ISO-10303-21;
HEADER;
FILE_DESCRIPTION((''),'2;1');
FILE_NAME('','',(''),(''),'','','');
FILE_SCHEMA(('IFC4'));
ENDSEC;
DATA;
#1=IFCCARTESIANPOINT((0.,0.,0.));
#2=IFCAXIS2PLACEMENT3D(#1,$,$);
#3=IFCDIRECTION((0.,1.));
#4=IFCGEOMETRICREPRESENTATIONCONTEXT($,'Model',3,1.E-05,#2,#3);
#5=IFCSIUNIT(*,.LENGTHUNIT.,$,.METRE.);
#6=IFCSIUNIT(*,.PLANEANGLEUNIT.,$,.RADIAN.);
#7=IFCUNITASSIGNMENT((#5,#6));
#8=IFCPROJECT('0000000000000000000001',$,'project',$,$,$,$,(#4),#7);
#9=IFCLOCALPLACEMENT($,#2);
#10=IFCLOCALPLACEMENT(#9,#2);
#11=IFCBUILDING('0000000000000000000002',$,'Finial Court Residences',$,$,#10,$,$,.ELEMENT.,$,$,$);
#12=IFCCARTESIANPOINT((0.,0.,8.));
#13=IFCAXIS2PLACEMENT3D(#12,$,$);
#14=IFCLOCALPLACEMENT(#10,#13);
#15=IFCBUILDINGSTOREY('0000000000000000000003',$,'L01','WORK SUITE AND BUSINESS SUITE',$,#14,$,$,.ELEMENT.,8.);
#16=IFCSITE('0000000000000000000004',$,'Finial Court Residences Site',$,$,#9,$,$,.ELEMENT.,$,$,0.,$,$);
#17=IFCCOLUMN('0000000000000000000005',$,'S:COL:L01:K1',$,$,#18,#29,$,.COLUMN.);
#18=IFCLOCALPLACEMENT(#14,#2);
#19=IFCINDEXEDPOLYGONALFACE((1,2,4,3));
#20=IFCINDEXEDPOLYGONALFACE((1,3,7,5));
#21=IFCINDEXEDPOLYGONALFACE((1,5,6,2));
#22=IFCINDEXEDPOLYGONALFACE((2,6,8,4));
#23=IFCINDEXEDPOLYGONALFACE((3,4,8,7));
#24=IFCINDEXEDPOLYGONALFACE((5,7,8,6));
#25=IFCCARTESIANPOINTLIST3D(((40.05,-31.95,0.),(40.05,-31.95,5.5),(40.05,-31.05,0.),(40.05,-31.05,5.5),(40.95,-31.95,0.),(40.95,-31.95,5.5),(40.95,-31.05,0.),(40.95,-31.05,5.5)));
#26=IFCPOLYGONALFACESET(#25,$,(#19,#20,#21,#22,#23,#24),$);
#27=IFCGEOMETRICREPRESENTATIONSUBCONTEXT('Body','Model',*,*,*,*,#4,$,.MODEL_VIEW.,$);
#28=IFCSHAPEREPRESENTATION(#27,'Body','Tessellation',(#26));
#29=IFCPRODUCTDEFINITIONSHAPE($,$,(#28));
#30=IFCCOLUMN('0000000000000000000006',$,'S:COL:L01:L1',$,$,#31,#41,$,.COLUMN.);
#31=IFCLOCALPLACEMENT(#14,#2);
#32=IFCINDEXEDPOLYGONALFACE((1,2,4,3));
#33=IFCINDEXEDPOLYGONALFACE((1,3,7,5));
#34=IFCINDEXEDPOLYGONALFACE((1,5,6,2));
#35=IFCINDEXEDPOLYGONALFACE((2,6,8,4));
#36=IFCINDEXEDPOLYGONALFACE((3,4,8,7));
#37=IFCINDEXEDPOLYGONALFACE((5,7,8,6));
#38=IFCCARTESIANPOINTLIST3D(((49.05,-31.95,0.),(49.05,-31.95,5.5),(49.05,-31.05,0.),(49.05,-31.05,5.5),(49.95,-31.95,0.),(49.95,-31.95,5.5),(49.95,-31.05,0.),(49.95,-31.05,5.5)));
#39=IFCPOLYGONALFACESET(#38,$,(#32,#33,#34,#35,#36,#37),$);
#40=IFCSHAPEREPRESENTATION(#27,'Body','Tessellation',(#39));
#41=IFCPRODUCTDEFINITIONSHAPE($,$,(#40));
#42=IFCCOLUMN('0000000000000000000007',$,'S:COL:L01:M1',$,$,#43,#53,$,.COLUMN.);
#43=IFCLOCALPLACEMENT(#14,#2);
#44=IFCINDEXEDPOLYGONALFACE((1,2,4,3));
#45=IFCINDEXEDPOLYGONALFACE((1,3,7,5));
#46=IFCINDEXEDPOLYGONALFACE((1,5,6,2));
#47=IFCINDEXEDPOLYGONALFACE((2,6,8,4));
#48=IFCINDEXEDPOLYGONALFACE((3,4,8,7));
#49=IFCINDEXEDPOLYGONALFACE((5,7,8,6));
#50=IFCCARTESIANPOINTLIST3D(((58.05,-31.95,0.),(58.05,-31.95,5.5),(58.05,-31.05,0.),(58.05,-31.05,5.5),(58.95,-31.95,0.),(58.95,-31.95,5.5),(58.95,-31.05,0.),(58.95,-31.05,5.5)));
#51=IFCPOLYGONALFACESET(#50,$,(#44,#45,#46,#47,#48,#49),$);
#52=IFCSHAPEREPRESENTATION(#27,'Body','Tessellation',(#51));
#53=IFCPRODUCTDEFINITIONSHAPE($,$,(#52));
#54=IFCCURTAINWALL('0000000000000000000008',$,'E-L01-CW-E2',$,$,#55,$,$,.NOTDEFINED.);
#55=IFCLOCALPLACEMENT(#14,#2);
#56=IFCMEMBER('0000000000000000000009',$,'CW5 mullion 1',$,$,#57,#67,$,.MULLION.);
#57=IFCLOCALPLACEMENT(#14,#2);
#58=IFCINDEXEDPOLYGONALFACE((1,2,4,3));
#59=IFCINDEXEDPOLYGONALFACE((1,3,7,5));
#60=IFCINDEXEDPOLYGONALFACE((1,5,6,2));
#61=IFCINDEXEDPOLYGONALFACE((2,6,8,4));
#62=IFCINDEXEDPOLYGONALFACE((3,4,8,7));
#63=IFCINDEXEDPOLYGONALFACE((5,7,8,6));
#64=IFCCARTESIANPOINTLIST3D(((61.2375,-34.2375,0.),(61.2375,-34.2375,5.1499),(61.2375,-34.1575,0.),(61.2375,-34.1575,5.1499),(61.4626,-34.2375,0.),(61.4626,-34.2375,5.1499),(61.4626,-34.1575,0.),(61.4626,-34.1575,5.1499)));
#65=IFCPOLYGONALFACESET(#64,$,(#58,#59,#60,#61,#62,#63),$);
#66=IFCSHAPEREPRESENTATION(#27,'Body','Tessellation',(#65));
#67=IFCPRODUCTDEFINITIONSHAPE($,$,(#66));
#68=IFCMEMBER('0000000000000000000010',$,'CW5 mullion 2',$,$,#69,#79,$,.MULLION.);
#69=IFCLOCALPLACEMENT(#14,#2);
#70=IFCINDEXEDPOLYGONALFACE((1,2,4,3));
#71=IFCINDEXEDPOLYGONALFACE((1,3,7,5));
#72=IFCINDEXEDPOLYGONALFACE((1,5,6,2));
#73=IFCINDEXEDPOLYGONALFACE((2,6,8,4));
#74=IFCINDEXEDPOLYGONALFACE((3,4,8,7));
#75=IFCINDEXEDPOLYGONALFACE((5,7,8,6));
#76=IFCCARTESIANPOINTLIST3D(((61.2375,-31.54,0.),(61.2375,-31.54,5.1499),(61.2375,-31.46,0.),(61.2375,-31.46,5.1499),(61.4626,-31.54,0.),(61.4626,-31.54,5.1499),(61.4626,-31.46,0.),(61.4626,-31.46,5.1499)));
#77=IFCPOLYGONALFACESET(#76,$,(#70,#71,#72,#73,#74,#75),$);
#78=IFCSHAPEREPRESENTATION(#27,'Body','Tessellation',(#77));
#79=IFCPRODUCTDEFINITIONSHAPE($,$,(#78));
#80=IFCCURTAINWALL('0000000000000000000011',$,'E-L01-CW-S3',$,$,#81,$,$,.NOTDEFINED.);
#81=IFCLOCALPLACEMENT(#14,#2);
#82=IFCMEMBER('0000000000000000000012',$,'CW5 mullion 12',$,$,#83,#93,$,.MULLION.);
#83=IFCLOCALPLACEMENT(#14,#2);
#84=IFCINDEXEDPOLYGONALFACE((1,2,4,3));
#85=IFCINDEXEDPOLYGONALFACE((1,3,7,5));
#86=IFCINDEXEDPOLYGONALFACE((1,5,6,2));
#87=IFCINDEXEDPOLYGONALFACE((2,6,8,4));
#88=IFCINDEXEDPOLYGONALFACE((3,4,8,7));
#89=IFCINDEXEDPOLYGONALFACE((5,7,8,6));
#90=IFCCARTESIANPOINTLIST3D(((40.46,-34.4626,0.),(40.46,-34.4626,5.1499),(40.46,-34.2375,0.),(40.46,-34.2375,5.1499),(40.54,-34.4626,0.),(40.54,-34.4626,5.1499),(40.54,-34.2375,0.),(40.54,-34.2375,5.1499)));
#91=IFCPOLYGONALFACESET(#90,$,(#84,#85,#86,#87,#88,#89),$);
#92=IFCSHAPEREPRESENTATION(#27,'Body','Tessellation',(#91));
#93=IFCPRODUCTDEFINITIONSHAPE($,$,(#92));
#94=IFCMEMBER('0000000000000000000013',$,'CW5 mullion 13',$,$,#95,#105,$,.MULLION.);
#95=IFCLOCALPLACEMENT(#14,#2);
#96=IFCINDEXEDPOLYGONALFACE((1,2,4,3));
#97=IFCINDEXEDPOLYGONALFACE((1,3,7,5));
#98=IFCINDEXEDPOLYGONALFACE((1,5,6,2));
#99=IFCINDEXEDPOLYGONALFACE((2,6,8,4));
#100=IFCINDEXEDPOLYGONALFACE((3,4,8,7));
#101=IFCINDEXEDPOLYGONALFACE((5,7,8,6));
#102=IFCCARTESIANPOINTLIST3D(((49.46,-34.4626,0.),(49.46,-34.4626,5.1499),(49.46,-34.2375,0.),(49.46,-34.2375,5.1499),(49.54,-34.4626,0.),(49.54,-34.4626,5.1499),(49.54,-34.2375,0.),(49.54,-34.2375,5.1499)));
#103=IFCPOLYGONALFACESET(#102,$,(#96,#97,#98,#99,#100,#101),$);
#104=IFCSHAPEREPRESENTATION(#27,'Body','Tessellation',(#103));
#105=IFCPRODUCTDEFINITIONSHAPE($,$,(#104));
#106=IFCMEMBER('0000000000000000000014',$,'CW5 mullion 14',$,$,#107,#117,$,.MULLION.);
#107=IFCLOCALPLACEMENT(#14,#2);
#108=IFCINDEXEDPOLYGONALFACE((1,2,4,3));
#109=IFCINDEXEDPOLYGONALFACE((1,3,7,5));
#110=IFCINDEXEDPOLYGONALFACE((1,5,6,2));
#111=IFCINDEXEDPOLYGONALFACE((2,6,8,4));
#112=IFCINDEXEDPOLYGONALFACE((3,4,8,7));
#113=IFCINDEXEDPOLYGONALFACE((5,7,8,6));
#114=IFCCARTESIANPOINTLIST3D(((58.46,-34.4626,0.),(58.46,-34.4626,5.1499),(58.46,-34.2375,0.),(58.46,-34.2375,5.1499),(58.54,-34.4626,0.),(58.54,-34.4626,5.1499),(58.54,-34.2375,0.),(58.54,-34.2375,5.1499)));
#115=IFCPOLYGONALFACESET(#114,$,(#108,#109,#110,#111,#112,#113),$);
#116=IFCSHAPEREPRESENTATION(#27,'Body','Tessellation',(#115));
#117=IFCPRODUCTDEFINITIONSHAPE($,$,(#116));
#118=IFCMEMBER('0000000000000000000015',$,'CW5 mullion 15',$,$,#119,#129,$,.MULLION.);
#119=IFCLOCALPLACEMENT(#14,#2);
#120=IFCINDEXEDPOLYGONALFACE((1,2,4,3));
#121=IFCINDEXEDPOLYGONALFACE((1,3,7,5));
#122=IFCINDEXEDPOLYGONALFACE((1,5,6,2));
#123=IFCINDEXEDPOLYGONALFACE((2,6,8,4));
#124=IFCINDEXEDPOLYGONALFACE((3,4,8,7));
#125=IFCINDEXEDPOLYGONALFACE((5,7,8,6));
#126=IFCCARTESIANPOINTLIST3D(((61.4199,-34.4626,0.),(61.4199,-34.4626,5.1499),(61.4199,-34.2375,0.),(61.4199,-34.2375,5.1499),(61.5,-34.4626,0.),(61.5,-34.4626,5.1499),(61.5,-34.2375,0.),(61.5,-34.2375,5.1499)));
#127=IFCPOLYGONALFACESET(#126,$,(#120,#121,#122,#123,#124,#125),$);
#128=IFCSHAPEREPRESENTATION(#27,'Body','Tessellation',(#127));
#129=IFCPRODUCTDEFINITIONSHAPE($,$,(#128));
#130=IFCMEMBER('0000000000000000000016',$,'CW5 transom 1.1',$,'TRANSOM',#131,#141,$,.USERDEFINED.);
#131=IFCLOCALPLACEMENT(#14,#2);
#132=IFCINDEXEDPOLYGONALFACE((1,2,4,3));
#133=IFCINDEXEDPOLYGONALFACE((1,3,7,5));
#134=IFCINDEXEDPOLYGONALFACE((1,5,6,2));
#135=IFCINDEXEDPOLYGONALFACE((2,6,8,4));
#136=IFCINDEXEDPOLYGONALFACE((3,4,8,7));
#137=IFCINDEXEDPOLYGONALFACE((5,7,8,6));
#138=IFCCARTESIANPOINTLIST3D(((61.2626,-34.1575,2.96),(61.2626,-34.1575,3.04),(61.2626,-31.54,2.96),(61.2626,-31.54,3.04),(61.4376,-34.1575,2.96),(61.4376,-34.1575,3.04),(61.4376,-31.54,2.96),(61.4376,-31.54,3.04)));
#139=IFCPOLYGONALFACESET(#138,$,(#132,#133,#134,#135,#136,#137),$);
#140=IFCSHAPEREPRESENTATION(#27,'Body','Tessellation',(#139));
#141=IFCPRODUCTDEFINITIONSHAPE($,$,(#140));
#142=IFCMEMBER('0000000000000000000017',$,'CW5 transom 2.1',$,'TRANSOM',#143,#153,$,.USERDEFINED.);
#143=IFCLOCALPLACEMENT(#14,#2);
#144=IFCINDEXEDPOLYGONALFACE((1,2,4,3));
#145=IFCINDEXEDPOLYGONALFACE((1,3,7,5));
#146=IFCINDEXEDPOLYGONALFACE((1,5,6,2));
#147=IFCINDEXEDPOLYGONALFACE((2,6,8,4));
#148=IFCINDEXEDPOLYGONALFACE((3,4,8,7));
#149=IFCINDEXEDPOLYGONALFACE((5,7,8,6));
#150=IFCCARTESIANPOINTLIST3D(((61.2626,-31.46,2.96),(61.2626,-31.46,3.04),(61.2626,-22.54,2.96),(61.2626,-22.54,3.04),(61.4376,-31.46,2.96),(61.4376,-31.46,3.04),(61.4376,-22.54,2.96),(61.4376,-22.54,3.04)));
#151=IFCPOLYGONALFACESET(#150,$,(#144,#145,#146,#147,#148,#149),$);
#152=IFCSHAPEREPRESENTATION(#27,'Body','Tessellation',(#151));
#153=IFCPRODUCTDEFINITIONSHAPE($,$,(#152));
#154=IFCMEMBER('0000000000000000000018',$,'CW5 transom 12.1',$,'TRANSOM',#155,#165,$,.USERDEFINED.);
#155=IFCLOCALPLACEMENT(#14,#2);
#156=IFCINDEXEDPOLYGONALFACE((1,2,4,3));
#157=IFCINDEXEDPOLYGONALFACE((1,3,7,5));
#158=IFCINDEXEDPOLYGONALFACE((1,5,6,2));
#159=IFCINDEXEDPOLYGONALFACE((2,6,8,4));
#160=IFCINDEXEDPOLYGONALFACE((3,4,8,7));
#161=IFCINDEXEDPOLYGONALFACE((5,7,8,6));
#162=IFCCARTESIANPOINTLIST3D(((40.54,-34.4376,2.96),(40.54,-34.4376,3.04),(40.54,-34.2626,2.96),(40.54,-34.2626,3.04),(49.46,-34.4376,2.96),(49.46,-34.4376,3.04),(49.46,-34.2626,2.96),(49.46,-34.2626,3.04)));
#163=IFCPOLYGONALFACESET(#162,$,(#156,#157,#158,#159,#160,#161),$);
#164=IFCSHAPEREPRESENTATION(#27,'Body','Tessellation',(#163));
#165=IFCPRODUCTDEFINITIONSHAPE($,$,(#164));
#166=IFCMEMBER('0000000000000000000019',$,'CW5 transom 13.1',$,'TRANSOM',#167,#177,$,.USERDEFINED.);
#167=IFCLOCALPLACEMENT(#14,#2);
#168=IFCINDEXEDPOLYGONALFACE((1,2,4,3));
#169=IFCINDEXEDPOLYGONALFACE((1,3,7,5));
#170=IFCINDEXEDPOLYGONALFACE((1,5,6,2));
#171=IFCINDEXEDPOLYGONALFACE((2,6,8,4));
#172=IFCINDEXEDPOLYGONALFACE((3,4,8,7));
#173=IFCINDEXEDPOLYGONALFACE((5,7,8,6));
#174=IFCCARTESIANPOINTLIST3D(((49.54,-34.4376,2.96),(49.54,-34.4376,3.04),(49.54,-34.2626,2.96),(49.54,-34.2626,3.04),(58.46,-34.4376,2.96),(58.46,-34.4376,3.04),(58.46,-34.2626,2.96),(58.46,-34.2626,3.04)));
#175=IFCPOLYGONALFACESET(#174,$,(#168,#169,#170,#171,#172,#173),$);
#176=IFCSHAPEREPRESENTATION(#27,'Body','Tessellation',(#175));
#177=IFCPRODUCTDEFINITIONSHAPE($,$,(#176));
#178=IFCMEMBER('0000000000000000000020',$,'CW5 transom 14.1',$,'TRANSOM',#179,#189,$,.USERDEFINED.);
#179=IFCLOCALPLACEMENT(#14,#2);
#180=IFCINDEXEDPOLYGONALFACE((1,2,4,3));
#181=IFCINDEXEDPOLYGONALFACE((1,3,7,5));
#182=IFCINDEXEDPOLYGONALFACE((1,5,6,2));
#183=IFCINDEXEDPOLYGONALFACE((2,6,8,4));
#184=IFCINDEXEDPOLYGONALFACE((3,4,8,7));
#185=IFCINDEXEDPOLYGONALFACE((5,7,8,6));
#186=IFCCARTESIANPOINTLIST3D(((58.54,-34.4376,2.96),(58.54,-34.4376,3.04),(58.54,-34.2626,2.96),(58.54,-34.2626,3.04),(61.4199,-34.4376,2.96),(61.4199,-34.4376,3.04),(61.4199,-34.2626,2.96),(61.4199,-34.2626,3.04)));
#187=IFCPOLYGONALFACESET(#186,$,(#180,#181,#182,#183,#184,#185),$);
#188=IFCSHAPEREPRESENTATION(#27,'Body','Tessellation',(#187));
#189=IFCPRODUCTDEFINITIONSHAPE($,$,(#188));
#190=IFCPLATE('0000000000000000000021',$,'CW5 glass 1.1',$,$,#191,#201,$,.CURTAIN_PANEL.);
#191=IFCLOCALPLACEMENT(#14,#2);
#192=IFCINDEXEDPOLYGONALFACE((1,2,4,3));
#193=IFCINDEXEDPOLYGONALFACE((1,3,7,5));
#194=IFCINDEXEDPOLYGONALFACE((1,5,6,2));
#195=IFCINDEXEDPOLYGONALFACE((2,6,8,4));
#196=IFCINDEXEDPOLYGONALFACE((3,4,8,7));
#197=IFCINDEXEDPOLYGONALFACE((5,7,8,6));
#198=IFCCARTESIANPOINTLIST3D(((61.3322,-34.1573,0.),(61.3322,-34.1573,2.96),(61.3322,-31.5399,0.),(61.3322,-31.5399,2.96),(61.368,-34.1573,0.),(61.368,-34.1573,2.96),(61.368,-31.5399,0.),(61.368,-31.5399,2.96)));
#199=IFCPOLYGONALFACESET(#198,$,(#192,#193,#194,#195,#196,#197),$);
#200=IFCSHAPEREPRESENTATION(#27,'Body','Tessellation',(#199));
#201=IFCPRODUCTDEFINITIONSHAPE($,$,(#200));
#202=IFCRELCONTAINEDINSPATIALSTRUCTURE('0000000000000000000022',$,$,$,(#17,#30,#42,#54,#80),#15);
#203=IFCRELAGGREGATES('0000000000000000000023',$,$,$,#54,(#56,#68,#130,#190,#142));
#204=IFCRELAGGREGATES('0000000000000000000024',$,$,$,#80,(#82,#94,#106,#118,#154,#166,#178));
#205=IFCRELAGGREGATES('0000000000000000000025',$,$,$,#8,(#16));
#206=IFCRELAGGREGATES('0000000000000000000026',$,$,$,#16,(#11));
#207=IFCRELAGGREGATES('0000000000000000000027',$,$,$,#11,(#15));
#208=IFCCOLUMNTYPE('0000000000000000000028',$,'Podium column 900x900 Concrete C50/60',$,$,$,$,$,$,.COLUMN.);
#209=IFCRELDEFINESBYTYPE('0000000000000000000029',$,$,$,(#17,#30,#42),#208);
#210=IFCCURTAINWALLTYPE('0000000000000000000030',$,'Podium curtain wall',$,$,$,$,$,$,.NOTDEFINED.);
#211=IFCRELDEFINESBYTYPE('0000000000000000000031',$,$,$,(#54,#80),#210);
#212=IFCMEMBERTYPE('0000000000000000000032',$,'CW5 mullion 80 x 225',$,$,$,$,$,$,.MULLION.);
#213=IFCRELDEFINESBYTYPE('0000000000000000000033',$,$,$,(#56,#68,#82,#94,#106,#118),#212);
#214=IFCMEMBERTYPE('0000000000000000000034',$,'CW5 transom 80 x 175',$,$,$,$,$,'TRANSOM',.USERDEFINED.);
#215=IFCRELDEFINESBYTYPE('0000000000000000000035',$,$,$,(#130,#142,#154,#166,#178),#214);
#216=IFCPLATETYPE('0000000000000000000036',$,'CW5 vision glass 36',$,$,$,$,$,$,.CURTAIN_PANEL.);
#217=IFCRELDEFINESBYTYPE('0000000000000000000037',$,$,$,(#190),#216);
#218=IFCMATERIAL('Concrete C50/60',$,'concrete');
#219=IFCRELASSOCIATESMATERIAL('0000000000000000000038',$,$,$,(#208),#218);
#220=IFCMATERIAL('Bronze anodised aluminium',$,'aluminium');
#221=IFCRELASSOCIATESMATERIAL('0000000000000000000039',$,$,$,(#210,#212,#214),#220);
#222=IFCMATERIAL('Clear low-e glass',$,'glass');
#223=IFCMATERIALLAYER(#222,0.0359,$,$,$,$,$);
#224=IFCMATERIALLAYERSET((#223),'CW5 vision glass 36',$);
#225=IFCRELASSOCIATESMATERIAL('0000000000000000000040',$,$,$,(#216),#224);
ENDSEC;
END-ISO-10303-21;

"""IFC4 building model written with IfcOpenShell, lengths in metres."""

from ifc_helpers import new_model, si_unit, direction, frame, origin, origin_2d, place, context, subcontext, project, spatial, rectangle, extrude, material, layer, layer_set, material_profile, profile_set, type_object, element, aggregate, save


model = new_model("IFC4")

# Units and contexts
model_context = context("Model", 3, precision=1e-05, world=origin(), true_north=direction((0.0, 1.0)))
body_context = subcontext(model_context, "Body", "Model", "MODEL_VIEW")
ifc_project = project(units=[si_unit("LENGTHUNIT", "METRE"), si_unit("PLANEANGLEUNIT", "RADIAN")], contexts=[model_context])

# Site, building, storey
site_placement = place(None, origin())
site = spatial("IfcSite", under=ifc_project, at=site_placement, Name="Finial Court Residences Site", CompositionType="ELEMENT", RefElevation=0.0)
building_placement = place(site_placement, origin())
building = spatial("IfcBuilding", under=site, at=building_placement, Name="Finial Court Residences", CompositionType="ELEMENT")
storey_placement = place(building_placement, frame((0.0, 0.0, 8.0)))
storey = spatial("IfcBuildingStorey", under=building, at=storey_placement, Name="L01", Description="WORK SUITE AND BUSINESS SUITE", CompositionType="ELEMENT", Elevation=8.0)

# Columns
ifc_material_1 = material(Name="Concrete C50/60", Category="concrete")
ifc_material_profile_1 = material_profile(ifc_material_1, rectangle(XDim=0.8999, YDim=0.8999, at=origin_2d()), Name="900x900")
ifc_profile_set_1 = profile_set([ifc_material_profile_1], Name="Concrete C50/60")
column_type = type_object("IfcColumnType", Name="Podium column 900x900 Concrete C50/60", PredefinedType="COLUMN", material=ifc_profile_set_1)
for number, where, z_axis, x_axis, name in (
    (1, (40.5, -31.5, 0.0), (0.0, 0.0, 1.0), (1.0, 0.0, 0.0), "S:COL:L01:K1"),
    (2, (49.5, -31.5, 0.0), (0.0, 0.0, 1.0), (1.0, 0.0, 0.0), "S:COL:L01:L1"),
    (3, (58.5, -31.5, 0.0), (0.0, 0.0, 1.0), (1.0, 0.0, 0.0), "S:COL:L01:M1"),
):
    element("IfcColumn", number, at=place(storey_placement, frame(where, z_axis=z_axis, x_axis=x_axis)), inside=storey, type_object=column_type, Name=name, PredefinedType="COLUMN", context=body_context, shape_type="SweptSolid", body=[
        extrude(rectangle(XDim=0.8999, YDim=0.8999, at=origin_2d()), origin(), (0.0, 0.0, 1.0), 5.5),
    ])

# Curtain walls, members
ifc_material_2 = material(Name="Bronze anodised aluminium", Category="aluminium")
curtain_wall_type = type_object("IfcCurtainWallType", Name="Podium curtain wall", PredefinedType="NOTDEFINED", material=ifc_material_2)
curtain_wall_1_placement = place(storey_placement, origin())
curtain_wall_1 = element("IfcCurtainWall", 4, at=curtain_wall_1_placement, inside=storey, type_object=curtain_wall_type, Name="E-L01-CW-E2", PredefinedType="NOTDEFINED")
ifc_material_profile_2 = material_profile(ifc_material_2, rectangle(XDim=0.2251, YDim=0.0801, at=origin_2d()), Name="CW5 mullion 80 x 225")
ifc_profile_set_2 = profile_set([ifc_material_profile_2], Name="Bronze anodised aluminium")
member_type_1 = type_object("IfcMemberType", Name="CW5 mullion 80 x 225", PredefinedType="MULLION", material=ifc_profile_set_2)
member_1_placement = place(storey_placement, frame((61.3501, -34.1975, 0.0), z_axis=(0.0, 0.0, 1.0), x_axis=(-1.0, 0.0, 0.0)))
member_1 = element("IfcMember", 5, at=member_1_placement, type_object=member_type_1, Name="CW5 mullion 1", PredefinedType="MULLION", context=body_context, shape_type="SweptSolid", body=[
    extrude(rectangle(XDim=0.2251, YDim=0.0801, at=origin_2d()), origin(), (0.0, 0.0, 1.0), 5.1499),
])
member_2_placement = place(storey_placement, frame((61.3501, -31.5, 0.0), z_axis=(0.0, 0.0, 1.0), x_axis=(-1.0, 0.0, 0.0)))
member_2 = element("IfcMember", 6, at=member_2_placement, type_object=member_type_1, Name="CW5 mullion 2", PredefinedType="MULLION", context=body_context, shape_type="SweptSolid", body=[
    extrude(rectangle(XDim=0.2251, YDim=0.0801, at=origin_2d()), origin(), (0.0, 0.0, 1.0), 5.1499),
])
curtain_wall_2_placement = place(storey_placement, origin())
curtain_wall_2 = element("IfcCurtainWall", 7, at=curtain_wall_2_placement, inside=storey, type_object=curtain_wall_type, Name="E-L01-CW-S3", PredefinedType="NOTDEFINED")
member_3_placement = place(storey_placement, frame((40.5, -34.3501, 0.0), z_axis=(0.0, 0.0, 1.0), x_axis=(0.0, 1.0, 0.0)))
member_3 = element("IfcMember", 8, at=member_3_placement, type_object=member_type_1, Name="CW5 mullion 12", PredefinedType="MULLION", context=body_context, shape_type="SweptSolid", body=[
    extrude(rectangle(XDim=0.2251, YDim=0.0801, at=origin_2d()), origin(), (0.0, 0.0, 1.0), 5.1499),
])
member_4_placement = place(storey_placement, frame((49.5, -34.3501, 0.0), z_axis=(0.0, 0.0, 1.0), x_axis=(0.0, 1.0, 0.0)))
member_4 = element("IfcMember", 9, at=member_4_placement, type_object=member_type_1, Name="CW5 mullion 13", PredefinedType="MULLION", context=body_context, shape_type="SweptSolid", body=[
    extrude(rectangle(XDim=0.2251, YDim=0.0801, at=origin_2d()), origin(), (0.0, 0.0, 1.0), 5.1499),
])
member_5_placement = place(storey_placement, frame((58.5, -34.3501, 0.0), z_axis=(0.0, 0.0, 1.0), x_axis=(0.0, 1.0, 0.0)))
member_5 = element("IfcMember", 10, at=member_5_placement, type_object=member_type_1, Name="CW5 mullion 14", PredefinedType="MULLION", context=body_context, shape_type="SweptSolid", body=[
    extrude(rectangle(XDim=0.2251, YDim=0.0801, at=origin_2d()), origin(), (0.0, 0.0, 1.0), 5.1499),
])
member_6_placement = place(storey_placement, frame((61.46, -34.3501, 0.0), z_axis=(0.0, 0.0, 1.0), x_axis=(0.0, 1.0, 0.0)))
member_6 = element("IfcMember", 11, at=member_6_placement, type_object=member_type_1, Name="CW5 mullion 15", PredefinedType="MULLION", context=body_context, shape_type="SweptSolid", body=[
    extrude(rectangle(XDim=0.2251, YDim=0.0801, at=origin_2d()), origin(), (0.0, 0.0, 1.0), 5.1499),
])

# Members
ifc_material_profile_3 = material_profile(ifc_material_2, rectangle(XDim=0.175, YDim=0.0801, at=origin_2d()), Name="CW5 transom 80 x 175")
ifc_profile_set_3 = profile_set([ifc_material_profile_3], Name="Bronze anodised aluminium")
member_type_2 = type_object("IfcMemberType", Name="CW5 transom 80 x 175", ElementType="TRANSOM", PredefinedType="USERDEFINED", material=ifc_profile_set_3)
member_7_placement = place(storey_placement, frame((61.3501, -34.1575, 3.0), z_axis=(0.0, 1.0, 0.0), x_axis=(-1.0, 0.0, 0.0)))
member_7 = element("IfcMember", 12, at=member_7_placement, type_object=member_type_2, Name="CW5 transom 1.1", ObjectType="TRANSOM", PredefinedType="USERDEFINED", context=body_context, shape_type="SweptSolid", body=[
    extrude(rectangle(XDim=0.175, YDim=0.0801, at=origin_2d()), origin(), (0.0, 0.0, 1.0), 2.6174),
])
member_8_placement = place(storey_placement, frame((61.3501, -31.46, 3.0), z_axis=(0.0, 1.0, 0.0), x_axis=(-1.0, 0.0, 0.0)))
member_8 = element("IfcMember", 13, at=member_8_placement, type_object=member_type_2, Name="CW5 transom 2.1", ObjectType="TRANSOM", PredefinedType="USERDEFINED", context=body_context, shape_type="SweptSolid", body=[
    extrude(rectangle(XDim=0.175, YDim=0.0801, at=origin_2d()), origin(), (0.0, 0.0, 1.0), 8.9199),
])
member_9_placement = place(storey_placement, frame((40.54, -34.3501, 3.0), z_axis=(1.0, 0.0, 0.0), x_axis=(0.0, 1.0, 0.0)))
member_9 = element("IfcMember", 14, at=member_9_placement, type_object=member_type_2, Name="CW5 transom 12.1", ObjectType="TRANSOM", PredefinedType="USERDEFINED", context=body_context, shape_type="SweptSolid", body=[
    extrude(rectangle(XDim=0.175, YDim=0.0801, at=origin_2d()), origin(), (0.0, 0.0, 1.0), 8.9199),
])
member_10_placement = place(storey_placement, frame((49.54, -34.3501, 3.0), z_axis=(1.0, 0.0, 0.0), x_axis=(0.0, 1.0, 0.0)))
member_10 = element("IfcMember", 15, at=member_10_placement, type_object=member_type_2, Name="CW5 transom 13.1", ObjectType="TRANSOM", PredefinedType="USERDEFINED", context=body_context, shape_type="SweptSolid", body=[
    extrude(rectangle(XDim=0.175, YDim=0.0801, at=origin_2d()), origin(), (0.0, 0.0, 1.0), 8.9199),
])
member_11_placement = place(storey_placement, frame((58.54, -34.3501, 3.0), z_axis=(1.0, 0.0, 0.0), x_axis=(0.0, 1.0, 0.0)))
member_11 = element("IfcMember", 16, at=member_11_placement, type_object=member_type_2, Name="CW5 transom 14.1", ObjectType="TRANSOM", PredefinedType="USERDEFINED", context=body_context, shape_type="SweptSolid", body=[
    extrude(rectangle(XDim=0.175, YDim=0.0801, at=origin_2d()), origin(), (0.0, 0.0, 1.0), 2.8799),
])

# Plate
ifc_material_3 = material(Name="Clear low-e glass", Category="glass")
ifc_layer_1 = layer(ifc_material_3, 0.0359)
ifc_layer_set_1 = layer_set([ifc_layer_1], Name="CW5 vision glass 36")
plate_type = type_object("IfcPlateType", Name="CW5 vision glass 36", PredefinedType="CURTAIN_PANEL", material=ifc_layer_set_1)
plate_1_placement = place(storey_placement, frame((61.3501, -32.8486, 0.0), z_axis=(0.0, 0.0, 1.0), x_axis=(0.0, 1.0, 0.0)))
plate_1 = element("IfcPlate", 17, at=plate_1_placement, type_object=plate_type, Name="CW5 glass 1.1", PredefinedType="CURTAIN_PANEL", context=body_context, shape_type="SweptSolid", body=[
    extrude(rectangle(XDim=2.6174, YDim=0.0359, at=origin_2d()), origin(), (0.0, 0.0, 1.0), 2.96),
])
aggregate(curtain_wall_1, [member_1, member_2, member_7, plate_1, member_8])
aggregate(curtain_wall_2, [member_3, member_4, member_5, member_6, member_9, member_10, member_11])

save(model, "model.ifc")
